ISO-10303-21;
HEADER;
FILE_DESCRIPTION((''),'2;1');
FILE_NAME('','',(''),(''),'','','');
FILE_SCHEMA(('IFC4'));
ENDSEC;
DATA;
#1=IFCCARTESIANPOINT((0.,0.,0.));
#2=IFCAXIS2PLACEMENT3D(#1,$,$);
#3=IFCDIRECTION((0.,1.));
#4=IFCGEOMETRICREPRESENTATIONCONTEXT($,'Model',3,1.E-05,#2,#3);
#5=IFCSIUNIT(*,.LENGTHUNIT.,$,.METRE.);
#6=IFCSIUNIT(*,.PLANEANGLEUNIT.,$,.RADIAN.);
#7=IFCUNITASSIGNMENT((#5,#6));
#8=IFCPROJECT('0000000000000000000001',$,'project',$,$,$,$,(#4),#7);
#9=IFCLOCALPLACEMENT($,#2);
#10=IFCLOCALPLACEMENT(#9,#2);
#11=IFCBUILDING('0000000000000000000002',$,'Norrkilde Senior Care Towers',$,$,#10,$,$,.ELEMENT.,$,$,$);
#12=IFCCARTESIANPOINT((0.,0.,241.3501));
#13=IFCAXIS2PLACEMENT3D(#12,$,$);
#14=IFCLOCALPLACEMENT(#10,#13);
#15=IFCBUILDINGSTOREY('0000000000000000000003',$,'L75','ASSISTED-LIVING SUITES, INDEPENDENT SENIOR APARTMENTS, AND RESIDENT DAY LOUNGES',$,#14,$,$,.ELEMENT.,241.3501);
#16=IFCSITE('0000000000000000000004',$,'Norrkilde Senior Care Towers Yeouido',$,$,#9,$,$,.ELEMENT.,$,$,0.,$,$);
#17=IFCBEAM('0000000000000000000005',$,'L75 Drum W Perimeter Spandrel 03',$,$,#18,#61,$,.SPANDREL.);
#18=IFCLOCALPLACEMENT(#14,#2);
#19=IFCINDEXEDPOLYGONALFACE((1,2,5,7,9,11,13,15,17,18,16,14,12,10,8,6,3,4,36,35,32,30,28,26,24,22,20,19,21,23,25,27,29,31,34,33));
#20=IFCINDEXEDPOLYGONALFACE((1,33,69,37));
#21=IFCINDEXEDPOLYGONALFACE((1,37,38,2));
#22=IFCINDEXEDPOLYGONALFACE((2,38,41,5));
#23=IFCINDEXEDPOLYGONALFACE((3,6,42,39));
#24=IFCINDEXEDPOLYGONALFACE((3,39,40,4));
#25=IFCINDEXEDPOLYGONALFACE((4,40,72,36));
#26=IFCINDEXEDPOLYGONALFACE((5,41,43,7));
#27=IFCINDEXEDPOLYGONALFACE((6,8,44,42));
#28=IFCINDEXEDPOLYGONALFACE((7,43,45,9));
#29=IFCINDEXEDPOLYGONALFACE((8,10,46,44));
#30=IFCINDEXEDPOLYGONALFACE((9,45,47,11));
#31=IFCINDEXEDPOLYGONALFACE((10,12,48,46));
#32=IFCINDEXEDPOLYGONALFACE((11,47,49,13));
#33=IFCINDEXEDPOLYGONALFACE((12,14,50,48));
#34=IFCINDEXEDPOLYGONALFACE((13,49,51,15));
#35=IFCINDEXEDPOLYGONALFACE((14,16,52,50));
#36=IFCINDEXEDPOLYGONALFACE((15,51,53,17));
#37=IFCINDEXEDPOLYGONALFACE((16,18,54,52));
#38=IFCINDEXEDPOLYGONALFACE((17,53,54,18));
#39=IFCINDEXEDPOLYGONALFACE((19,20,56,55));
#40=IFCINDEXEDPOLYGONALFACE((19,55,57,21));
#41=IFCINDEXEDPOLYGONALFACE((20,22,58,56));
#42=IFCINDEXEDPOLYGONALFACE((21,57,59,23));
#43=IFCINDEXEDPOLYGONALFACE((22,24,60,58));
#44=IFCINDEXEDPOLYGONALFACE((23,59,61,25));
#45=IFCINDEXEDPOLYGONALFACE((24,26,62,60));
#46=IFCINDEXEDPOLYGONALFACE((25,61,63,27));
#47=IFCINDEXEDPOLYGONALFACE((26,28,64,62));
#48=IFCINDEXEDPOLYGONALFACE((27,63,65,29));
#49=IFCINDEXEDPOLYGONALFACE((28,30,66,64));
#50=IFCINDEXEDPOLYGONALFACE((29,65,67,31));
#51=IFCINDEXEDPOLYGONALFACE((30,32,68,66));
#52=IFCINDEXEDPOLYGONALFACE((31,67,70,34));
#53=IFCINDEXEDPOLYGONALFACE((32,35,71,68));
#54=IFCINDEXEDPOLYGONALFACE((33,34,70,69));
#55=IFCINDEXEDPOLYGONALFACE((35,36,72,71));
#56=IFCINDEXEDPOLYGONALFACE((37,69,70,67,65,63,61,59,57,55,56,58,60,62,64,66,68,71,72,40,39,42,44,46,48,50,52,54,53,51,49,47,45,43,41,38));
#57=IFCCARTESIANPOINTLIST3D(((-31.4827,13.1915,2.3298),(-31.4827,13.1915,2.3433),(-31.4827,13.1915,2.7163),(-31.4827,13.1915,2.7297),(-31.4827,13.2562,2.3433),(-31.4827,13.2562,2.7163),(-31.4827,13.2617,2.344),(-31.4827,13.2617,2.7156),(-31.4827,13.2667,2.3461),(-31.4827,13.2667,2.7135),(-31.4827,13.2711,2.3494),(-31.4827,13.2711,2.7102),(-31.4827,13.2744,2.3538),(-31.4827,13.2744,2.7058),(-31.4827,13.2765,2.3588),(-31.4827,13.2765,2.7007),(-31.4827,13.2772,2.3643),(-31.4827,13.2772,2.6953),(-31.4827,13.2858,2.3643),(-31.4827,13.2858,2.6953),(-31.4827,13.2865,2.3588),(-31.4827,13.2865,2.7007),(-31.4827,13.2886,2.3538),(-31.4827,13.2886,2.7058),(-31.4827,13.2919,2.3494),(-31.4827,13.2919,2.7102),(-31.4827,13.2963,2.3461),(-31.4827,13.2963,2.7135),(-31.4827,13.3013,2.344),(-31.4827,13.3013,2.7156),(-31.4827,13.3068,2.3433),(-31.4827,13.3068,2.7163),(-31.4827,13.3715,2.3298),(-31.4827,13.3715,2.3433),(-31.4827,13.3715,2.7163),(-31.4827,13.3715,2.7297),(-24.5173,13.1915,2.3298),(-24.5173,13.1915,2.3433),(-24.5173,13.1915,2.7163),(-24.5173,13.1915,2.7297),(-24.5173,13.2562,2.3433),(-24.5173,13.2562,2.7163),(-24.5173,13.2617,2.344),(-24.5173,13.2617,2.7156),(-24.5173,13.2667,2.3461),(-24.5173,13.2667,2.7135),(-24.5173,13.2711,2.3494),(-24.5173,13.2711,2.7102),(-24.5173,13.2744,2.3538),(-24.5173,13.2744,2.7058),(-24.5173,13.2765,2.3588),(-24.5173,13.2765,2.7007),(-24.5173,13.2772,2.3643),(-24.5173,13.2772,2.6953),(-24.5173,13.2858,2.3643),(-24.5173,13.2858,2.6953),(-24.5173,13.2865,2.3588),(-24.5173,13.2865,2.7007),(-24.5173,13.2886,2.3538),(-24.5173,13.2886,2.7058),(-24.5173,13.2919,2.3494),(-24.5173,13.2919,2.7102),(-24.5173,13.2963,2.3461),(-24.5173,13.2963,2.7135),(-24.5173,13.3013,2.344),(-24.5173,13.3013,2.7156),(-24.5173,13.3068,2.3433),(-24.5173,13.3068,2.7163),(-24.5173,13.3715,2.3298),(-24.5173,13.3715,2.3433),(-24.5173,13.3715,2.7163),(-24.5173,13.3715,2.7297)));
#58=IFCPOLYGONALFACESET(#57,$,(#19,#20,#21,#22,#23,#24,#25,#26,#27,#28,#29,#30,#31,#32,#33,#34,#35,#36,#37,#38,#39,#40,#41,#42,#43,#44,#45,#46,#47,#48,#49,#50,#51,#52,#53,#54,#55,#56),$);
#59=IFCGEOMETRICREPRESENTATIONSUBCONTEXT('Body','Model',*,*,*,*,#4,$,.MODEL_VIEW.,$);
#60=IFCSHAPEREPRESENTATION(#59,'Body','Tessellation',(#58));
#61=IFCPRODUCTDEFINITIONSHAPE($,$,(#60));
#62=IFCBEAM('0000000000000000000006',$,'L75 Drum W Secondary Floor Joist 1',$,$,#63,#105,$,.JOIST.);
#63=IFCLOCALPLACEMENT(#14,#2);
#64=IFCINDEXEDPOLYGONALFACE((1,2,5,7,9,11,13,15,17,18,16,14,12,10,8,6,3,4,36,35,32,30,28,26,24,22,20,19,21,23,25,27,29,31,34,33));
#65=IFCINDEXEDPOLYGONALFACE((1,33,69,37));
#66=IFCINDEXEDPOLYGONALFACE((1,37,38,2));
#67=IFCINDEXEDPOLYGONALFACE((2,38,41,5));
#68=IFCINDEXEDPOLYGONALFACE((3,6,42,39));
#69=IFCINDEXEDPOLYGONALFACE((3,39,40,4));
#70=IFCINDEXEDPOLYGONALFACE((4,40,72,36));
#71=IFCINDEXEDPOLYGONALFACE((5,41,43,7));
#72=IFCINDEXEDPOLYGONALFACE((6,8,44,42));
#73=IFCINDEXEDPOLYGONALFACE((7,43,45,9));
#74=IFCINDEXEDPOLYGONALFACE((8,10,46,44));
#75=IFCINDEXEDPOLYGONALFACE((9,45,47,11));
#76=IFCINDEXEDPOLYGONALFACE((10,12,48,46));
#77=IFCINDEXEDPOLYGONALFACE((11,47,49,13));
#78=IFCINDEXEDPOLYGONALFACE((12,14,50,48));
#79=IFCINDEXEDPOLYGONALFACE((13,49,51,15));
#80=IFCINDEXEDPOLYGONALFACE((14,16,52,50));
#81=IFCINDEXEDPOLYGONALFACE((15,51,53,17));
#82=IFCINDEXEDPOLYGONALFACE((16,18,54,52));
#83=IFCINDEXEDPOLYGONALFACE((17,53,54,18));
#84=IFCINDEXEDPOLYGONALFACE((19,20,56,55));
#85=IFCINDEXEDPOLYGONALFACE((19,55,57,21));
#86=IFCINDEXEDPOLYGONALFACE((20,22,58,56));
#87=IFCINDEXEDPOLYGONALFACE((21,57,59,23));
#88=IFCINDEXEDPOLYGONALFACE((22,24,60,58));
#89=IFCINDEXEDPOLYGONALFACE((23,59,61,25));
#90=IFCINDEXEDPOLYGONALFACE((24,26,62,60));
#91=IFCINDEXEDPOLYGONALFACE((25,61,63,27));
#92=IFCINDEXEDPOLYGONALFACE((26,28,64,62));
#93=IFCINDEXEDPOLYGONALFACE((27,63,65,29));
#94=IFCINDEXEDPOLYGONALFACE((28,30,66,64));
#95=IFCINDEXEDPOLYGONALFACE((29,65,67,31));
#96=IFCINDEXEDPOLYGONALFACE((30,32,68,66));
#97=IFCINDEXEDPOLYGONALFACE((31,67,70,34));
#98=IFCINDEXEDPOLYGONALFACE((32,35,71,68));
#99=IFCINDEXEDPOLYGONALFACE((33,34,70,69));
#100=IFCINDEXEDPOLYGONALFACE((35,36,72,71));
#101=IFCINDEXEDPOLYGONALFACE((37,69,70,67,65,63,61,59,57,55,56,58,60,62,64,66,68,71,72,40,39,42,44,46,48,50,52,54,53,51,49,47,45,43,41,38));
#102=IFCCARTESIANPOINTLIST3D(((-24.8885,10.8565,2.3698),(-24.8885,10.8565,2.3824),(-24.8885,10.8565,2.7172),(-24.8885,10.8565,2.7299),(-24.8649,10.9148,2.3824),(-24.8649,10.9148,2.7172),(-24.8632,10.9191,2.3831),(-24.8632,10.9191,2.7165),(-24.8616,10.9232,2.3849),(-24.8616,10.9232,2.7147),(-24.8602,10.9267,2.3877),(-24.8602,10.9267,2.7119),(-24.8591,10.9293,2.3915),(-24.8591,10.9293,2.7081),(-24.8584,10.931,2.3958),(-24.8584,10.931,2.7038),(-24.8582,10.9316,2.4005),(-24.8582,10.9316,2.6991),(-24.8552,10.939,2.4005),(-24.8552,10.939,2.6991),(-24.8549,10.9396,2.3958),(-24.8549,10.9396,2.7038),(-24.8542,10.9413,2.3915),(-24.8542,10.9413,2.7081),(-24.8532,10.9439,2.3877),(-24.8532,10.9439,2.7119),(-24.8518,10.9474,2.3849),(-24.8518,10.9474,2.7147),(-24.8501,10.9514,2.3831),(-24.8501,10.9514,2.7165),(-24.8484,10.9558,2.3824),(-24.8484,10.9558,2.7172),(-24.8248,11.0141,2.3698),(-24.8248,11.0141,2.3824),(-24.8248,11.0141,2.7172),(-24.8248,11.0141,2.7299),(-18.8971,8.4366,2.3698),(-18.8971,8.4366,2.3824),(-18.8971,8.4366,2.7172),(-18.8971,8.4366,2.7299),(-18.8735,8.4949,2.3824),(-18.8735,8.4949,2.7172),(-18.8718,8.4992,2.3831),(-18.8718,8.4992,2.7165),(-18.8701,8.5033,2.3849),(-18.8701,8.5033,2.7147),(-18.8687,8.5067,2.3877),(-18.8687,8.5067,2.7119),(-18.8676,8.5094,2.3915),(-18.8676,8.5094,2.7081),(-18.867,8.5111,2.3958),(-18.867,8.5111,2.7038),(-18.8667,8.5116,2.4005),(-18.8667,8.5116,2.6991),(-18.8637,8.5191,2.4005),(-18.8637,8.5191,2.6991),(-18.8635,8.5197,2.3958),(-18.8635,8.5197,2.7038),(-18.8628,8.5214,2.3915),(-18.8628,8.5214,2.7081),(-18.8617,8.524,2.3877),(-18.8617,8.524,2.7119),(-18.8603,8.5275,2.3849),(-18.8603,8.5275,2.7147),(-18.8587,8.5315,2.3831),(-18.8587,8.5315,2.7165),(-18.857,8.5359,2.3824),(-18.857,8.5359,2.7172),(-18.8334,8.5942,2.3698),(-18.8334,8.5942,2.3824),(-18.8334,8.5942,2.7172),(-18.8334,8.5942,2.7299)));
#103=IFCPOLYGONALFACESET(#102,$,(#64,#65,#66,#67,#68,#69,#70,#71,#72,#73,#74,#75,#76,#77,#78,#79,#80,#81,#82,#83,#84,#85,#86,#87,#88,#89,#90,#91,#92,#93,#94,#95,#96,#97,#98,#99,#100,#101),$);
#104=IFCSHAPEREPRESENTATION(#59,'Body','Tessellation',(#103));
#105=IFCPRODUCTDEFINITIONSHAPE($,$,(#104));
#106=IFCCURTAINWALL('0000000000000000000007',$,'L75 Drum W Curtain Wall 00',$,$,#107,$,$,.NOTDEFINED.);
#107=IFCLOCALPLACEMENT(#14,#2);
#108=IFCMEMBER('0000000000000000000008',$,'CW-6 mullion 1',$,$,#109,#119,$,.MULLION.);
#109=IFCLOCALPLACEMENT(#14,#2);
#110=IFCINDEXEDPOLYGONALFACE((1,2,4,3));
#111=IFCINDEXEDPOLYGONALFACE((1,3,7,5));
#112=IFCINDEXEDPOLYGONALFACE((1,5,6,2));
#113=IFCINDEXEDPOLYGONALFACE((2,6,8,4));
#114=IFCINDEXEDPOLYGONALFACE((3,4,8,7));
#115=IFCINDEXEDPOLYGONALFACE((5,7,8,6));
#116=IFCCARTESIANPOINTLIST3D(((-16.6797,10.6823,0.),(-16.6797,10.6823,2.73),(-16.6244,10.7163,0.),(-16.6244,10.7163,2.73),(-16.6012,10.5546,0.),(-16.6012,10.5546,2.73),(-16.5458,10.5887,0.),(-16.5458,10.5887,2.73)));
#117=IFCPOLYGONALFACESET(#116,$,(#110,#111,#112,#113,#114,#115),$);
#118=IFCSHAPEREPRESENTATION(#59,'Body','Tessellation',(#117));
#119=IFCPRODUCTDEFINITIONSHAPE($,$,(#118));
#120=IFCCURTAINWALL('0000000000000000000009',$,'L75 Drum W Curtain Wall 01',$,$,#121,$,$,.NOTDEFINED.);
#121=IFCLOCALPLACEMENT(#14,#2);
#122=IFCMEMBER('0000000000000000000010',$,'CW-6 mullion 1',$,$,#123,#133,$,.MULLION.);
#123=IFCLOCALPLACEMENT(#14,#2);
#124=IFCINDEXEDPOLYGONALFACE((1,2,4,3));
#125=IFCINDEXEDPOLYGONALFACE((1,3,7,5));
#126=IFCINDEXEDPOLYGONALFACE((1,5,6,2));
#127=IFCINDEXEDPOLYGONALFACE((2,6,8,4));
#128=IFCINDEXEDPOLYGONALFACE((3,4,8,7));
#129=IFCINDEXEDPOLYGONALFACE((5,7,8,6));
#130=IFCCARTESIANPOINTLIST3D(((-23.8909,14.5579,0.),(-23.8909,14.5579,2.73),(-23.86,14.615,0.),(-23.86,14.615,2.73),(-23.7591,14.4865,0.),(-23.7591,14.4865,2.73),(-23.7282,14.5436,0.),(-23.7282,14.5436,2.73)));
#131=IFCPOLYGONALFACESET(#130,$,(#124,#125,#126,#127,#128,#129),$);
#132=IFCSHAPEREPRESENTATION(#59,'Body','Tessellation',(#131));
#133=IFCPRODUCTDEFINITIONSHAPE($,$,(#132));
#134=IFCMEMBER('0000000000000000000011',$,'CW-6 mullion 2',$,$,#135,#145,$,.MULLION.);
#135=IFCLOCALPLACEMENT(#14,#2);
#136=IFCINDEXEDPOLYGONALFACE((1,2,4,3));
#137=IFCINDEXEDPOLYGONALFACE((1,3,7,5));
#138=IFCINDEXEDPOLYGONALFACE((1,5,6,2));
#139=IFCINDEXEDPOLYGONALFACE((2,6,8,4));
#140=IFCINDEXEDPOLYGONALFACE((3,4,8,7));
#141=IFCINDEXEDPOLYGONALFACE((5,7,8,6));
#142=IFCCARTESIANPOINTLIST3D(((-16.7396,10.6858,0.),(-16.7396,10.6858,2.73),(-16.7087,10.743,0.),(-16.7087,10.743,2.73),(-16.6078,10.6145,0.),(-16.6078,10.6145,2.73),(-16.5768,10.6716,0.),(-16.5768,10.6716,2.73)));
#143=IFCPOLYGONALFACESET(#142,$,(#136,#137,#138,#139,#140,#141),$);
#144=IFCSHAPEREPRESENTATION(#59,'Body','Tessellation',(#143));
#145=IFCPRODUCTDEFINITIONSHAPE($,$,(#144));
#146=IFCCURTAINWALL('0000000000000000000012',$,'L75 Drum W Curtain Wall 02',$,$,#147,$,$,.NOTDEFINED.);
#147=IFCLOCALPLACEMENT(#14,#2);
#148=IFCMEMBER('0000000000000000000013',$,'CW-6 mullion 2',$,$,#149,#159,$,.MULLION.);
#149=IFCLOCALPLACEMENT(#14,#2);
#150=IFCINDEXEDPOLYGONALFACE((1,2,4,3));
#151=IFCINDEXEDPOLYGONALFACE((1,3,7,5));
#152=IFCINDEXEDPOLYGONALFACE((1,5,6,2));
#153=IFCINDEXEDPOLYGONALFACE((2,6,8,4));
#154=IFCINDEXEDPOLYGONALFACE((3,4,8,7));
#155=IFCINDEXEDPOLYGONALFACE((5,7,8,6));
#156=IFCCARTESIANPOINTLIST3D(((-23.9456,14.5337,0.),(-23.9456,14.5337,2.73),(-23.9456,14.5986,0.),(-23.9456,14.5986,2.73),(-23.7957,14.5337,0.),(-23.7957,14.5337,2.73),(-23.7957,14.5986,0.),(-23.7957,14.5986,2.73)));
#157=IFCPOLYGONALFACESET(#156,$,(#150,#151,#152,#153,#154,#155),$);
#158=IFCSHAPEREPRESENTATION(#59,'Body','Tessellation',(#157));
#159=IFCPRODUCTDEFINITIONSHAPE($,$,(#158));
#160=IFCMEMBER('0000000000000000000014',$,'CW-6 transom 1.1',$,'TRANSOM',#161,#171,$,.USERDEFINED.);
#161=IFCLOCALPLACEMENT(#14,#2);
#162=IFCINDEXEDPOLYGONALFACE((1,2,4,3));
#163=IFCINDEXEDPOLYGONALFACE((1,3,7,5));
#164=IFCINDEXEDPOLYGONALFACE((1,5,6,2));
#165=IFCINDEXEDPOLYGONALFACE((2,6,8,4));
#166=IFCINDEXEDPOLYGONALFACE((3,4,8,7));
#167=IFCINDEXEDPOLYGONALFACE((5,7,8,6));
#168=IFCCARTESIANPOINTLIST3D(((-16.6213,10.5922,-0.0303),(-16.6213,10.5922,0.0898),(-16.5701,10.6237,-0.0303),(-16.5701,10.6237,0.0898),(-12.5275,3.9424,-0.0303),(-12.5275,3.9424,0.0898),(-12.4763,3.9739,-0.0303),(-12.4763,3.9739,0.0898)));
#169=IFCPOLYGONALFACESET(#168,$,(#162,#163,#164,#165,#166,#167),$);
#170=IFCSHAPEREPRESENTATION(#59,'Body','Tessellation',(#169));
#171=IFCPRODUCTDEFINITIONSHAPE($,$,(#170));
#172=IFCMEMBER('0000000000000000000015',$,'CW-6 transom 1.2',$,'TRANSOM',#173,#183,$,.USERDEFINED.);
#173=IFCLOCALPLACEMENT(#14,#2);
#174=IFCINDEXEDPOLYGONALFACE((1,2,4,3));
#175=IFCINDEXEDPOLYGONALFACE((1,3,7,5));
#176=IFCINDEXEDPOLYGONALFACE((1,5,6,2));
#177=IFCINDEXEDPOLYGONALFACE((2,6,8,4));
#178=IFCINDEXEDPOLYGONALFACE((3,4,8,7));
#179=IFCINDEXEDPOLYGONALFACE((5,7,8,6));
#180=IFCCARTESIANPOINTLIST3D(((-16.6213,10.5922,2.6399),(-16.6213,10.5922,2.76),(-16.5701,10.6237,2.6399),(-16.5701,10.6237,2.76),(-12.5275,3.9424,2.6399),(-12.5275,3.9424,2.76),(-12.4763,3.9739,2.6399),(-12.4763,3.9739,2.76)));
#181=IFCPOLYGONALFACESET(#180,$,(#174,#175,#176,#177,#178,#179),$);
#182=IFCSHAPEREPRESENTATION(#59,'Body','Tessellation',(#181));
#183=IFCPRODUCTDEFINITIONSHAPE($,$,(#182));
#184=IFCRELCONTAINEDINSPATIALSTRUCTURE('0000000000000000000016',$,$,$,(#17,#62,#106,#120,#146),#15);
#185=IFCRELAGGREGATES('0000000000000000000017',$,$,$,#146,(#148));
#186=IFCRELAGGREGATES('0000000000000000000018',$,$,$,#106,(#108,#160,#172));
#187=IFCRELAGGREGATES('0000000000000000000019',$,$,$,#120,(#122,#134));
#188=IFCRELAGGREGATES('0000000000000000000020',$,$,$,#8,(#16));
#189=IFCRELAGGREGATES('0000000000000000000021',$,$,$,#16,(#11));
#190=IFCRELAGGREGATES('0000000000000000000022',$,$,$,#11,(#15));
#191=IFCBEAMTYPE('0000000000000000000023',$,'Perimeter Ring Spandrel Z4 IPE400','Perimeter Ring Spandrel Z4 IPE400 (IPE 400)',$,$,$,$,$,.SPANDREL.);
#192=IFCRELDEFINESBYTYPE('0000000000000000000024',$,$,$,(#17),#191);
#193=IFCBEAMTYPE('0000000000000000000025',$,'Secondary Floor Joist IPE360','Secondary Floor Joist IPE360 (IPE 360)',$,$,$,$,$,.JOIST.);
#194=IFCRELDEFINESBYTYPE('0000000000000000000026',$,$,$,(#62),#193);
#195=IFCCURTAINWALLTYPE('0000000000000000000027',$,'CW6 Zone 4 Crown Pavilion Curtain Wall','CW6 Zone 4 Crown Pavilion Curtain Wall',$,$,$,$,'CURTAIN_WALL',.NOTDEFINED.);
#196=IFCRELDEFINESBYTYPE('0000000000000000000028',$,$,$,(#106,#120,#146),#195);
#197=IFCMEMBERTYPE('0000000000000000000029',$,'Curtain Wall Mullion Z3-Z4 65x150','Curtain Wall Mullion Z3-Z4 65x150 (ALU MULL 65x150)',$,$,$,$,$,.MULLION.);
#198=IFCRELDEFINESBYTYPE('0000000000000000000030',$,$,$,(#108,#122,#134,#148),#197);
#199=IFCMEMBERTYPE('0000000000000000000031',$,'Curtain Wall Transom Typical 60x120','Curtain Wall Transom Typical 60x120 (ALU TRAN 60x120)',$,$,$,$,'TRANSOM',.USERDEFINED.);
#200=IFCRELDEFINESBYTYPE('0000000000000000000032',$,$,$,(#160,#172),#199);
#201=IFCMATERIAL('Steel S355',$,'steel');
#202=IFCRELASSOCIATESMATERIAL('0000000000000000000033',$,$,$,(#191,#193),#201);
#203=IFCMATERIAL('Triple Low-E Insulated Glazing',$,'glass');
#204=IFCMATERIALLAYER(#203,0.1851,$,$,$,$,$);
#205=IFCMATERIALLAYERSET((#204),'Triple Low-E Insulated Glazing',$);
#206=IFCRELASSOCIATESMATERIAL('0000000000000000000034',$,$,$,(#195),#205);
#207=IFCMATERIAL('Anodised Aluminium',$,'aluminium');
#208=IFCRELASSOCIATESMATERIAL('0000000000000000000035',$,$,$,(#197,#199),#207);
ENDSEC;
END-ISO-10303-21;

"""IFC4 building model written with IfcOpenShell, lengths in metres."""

from ifc_helpers import new_model, si_unit, direction, frame, origin, origin_2d, place, context, subcontext, project, spatial, rectangle, i_section, extrude, source, transform, mapped, material, layer, layer_set, material_profile, profile_set, type_object, type_shapes, element, aggregate, save


model = new_model("IFC4")

# Units and contexts
model_context = context("Model", 3, precision=1e-05, world=origin(), true_north=direction((0.0, 1.0)))
body_context = subcontext(model_context, "Body", "Model", "MODEL_VIEW")
ifc_project = project(units=[si_unit("LENGTHUNIT", "METRE"), si_unit("PLANEANGLEUNIT", "RADIAN")], contexts=[model_context])

# Site, building, storey
site_placement = place(None, origin())
site = spatial("IfcSite", under=ifc_project, at=site_placement, Name="Norrkilde Senior Care Towers Yeouido", CompositionType="ELEMENT", RefElevation=0.0)
building_placement = place(site_placement, origin())
building = spatial("IfcBuilding", under=site, at=building_placement, Name="Norrkilde Senior Care Towers", CompositionType="ELEMENT")
storey_placement = place(building_placement, frame((0.0, 0.0, 241.3501)))
storey = spatial("IfcBuildingStorey", under=building, at=storey_placement, Name="L75", Description="ASSISTED-LIVING SUITES, INDEPENDENT SENIOR APARTMENTS, AND RESIDENT DAY LOUNGES", CompositionType="ELEMENT", Elevation=241.3501)

# Beams
ifc_material_1 = material(Name="Steel S355", Category="steel")
ifc_material_profile_1 = material_profile(ifc_material_1, i_section(OverallWidth=0.1799, OverallDepth=0.3999, WebThickness=0.0085, FlangeThickness=0.0134, FilletRadius=0.021, at=origin_2d()), Name="IPE 400")
ifc_profile_set_1 = profile_set([ifc_material_profile_1], Name="Steel S355")
beam_type_1 = type_object("IfcBeamType", Name="Perimeter Ring Spandrel Z4 IPE400", Description="Perimeter Ring Spandrel Z4 IPE400 (IPE 400)", PredefinedType="SPANDREL", material=ifc_profile_set_1)
shared_shape_1 = source(origin(), body_context, "Body", "SweptSolid", [
    extrude(i_section(OverallWidth=0.1799, OverallDepth=0.3999, WebThickness=0.0085, FlangeThickness=0.0134, FilletRadius=0.021, at=origin_2d()), origin(), (0.0, 0.0, 1.0), 6.9653),
])
beam_1_placement = place(storey_placement, frame((-24.5173, 13.2815, 2.5298), z_axis=(-1.0, 0.0, 0.0), x_axis=(0.0, -1.0, 0.0)))
element("IfcBeam", 1, at=beam_1_placement, inside=storey, type_object=beam_type_1, Name="L75 Drum W Perimeter Spandrel 03", PredefinedType="SPANDREL", context=body_context, shape_type="MappedRepresentation", body=[
    mapped(shared_shape_1, transform((0.0, 0.0, 0.0), x_axis=(1.0, 0.0, 0.0), y_axis=(0.0, 1.0, 0.0), z_axis=(0.0, 0.0, 1.0), scale=1.0)),
])
ifc_material_profile_2 = material_profile(ifc_material_1, i_section(OverallWidth=0.1699, OverallDepth=0.3601, WebThickness=0.0081, FlangeThickness=0.0127, FilletRadius=0.0181, at=origin_2d()), Name="IPE 360")
ifc_profile_set_2 = profile_set([ifc_material_profile_2], Name="Steel S355")
beam_type_2 = type_object("IfcBeamType", Name="Secondary Floor Joist IPE360", Description="Secondary Floor Joist IPE360 (IPE 360)", PredefinedType="JOIST", material=ifc_profile_set_2)
shared_shape_2 = source(origin(), body_context, "Body", "SweptSolid", [
    extrude(i_section(OverallWidth=0.1699, OverallDepth=0.3601, WebThickness=0.0081, FlangeThickness=0.0127, FilletRadius=0.0181, at=origin_2d()), origin(), (0.0, 0.0, 1.0), 6.4617),
])
type_shapes(beam_type_2, [shared_shape_2])
beam_2_placement = place(storey_placement, frame((-18.8652, 8.5154, 2.5498), z_axis=(-0.927226, 0.374502, 0.0), x_axis=(-0.374502, -0.927226, 0.0)))
element("IfcBeam", 2, at=beam_2_placement, inside=storey, type_object=beam_type_2, Name="L75 Drum W Secondary Floor Joist 1", PredefinedType="JOIST", context=body_context, shape_type="MappedRepresentation", body=[
    mapped(shared_shape_2, transform((0.0, 0.0, 0.0), x_axis=(1.0, 0.0, 0.0), y_axis=(0.0, 1.0, 0.0), z_axis=(0.0, 0.0, 1.0), scale=1.0)),
])

# Curtain wall, member
ifc_material_2 = material(Name="Triple Low-E Insulated Glazing", Category="glass")
ifc_layer_1 = layer(ifc_material_2, 0.1851)
ifc_layer_set_1 = layer_set([ifc_layer_1], Name="Triple Low-E Insulated Glazing")
curtain_wall_type = type_object("IfcCurtainWallType", Name="CW6 Zone 4 Crown Pavilion Curtain Wall", Description="CW6 Zone 4 Crown Pavilion Curtain Wall", ElementType="CURTAIN_WALL", PredefinedType="NOTDEFINED", material=ifc_layer_set_1)
curtain_wall_1_placement = place(storey_placement, origin())
curtain_wall_1 = element("IfcCurtainWall", 3, at=curtain_wall_1_placement, inside=storey, type_object=curtain_wall_type, Name="L75 Drum W Curtain Wall 00", PredefinedType="NOTDEFINED")
ifc_material_3 = material(Name="Anodised Aluminium", Category="aluminium")
ifc_material_profile_3 = material_profile(ifc_material_3, rectangle(XDim=0.0649, YDim=0.1499, at=origin_2d()), Name="ALU MULL 65x150")
ifc_profile_set_3 = profile_set([ifc_material_profile_3], Name="Anodised Aluminium")
member_type_1 = type_object("IfcMemberType", Name="Curtain Wall Mullion Z3-Z4 65x150", Description="Curtain Wall Mullion Z3-Z4 65x150 (ALU MULL 65x150)", PredefinedType="MULLION", material=ifc_profile_set_3)
shared_shape_3 = source(origin(), body_context, "Body", "SweptSolid", [
    extrude(rectangle(XDim=0.0649, YDim=0.1499, at=origin_2d()), origin(), (0.0, 0.0, 1.0), 2.73),
])
type_shapes(member_type_1, [shared_shape_3])
member_1_placement = place(storey_placement, frame((-16.6128, 10.6355, 0.0), z_axis=(0.0, 0.0, 1.0), x_axis=(0.851563, 0.524253, 0.0)))
member_1 = element("IfcMember", 4, at=member_1_placement, type_object=member_type_1, Name="CW-6 mullion 1", PredefinedType="MULLION", context=body_context, shape_type="MappedRepresentation", body=[
    mapped(shared_shape_3, transform((0.0, 0.0, 0.0), x_axis=(1.0, 0.0, 0.0), y_axis=(0.0, 1.0, 0.0), z_axis=(0.0, 0.0, 1.0), scale=1.0)),
])

# Curtain wall, members
curtain_wall_2_placement = place(storey_placement, origin())
curtain_wall_2 = element("IfcCurtainWall", 5, at=curtain_wall_2_placement, inside=storey, type_object=curtain_wall_type, Name="L75 Drum W Curtain Wall 01", PredefinedType="NOTDEFINED")
member_2_placement = place(storey_placement, frame((-23.8096, 14.5508, 0.0), z_axis=(0.0, 0.0, 1.0), x_axis=(0.476133, 0.879373, 0.0)))
member_2 = element("IfcMember", 6, at=member_2_placement, type_object=member_type_1, Name="CW-6 mullion 1", PredefinedType="MULLION", context=body_context, shape_type="MappedRepresentation", body=[
    mapped(shared_shape_3, transform((0.0, 0.0, 0.0), x_axis=(1.0, 0.0, 0.0), y_axis=(0.0, 1.0, 0.0), z_axis=(0.0, 0.0, 1.0), scale=1.0)),
])
member_3_placement = place(storey_placement, frame((-16.6582, 10.6787, 0.0), z_axis=(0.0, 0.0, 1.0), x_axis=(0.476133, 0.879373, 0.0)))
member_3 = element("IfcMember", 7, at=member_3_placement, type_object=member_type_1, Name="CW-6 mullion 2", PredefinedType="MULLION", context=body_context, shape_type="MappedRepresentation", body=[
    mapped(shared_shape_3, transform((0.0, 0.0, 0.0), x_axis=(1.0, 0.0, 0.0), y_axis=(0.0, 1.0, 0.0), z_axis=(0.0, 0.0, 1.0), scale=1.0)),
])

# Curtain wall, member
curtain_wall_3_placement = place(storey_placement, origin())
curtain_wall_3 = element("IfcCurtainWall", 8, at=curtain_wall_3_placement, inside=storey, type_object=curtain_wall_type, Name="L75 Drum W Curtain Wall 02", PredefinedType="NOTDEFINED")
member_4_placement = place(storey_placement, frame((-23.8706, 14.5662, 0.0), z_axis=(0.0, 0.0, 1.0), x_axis=(0.0, 1.0, 0.0)))
member_4 = element("IfcMember", 9, at=member_4_placement, type_object=member_type_1, Name="CW-6 mullion 2", PredefinedType="MULLION", context=body_context, shape_type="MappedRepresentation", body=[
    mapped(shared_shape_3, transform((0.0, 0.0, 0.0), x_axis=(1.0, 0.0, 0.0), y_axis=(0.0, 1.0, 0.0), z_axis=(0.0, 0.0, 1.0), scale=1.0)),
])
aggregate(curtain_wall_3, [member_4])

# Members
ifc_material_profile_4 = material_profile(ifc_material_3, rectangle(XDim=0.0601, YDim=0.1201, at=origin_2d()), Name="ALU TRAN 60x120")
ifc_profile_set_4 = profile_set([ifc_material_profile_4], Name="Anodised Aluminium")
member_type_2 = type_object("IfcMemberType", Name="Curtain Wall Transom Typical 60x120", Description="Curtain Wall Transom Typical 60x120 (ALU TRAN 60x120)", ElementType="TRANSOM", PredefinedType="USERDEFINED", material=ifc_profile_set_4)
shared_shape_4 = source(origin(), body_context, "Body", "SweptSolid", [
    extrude(rectangle(XDim=0.0601, YDim=0.1201, at=origin_2d()), origin(), (0.0, 0.0, 1.0), 7.8088),
])
member_5_placement = place(storey_placement, frame((-16.5957, 10.6079, 0.0298), z_axis=(0.524251, -0.851564, 0.0), x_axis=(0.851564, 0.524251, 0.0)))
member_5 = element("IfcMember", 10, at=member_5_placement, type_object=member_type_2, Name="CW-6 transom 1.1", ObjectType="TRANSOM", PredefinedType="USERDEFINED", context=body_context, shape_type="MappedRepresentation", body=[
    mapped(shared_shape_4, transform((0.0, 0.0, 0.0), x_axis=(1.0, 0.0, 0.0), y_axis=(0.0, 1.0, 0.0), z_axis=(0.0, 0.0, 1.0), scale=1.0)),
])
member_6_placement = place(storey_placement, frame((-16.5957, 10.6079, 2.7), z_axis=(0.524251, -0.851564, 0.0), x_axis=(0.851564, 0.524251, 0.0)))
member_6 = element("IfcMember", 11, at=member_6_placement, type_object=member_type_2, Name="CW-6 transom 1.2", ObjectType="TRANSOM", PredefinedType="USERDEFINED", context=body_context, shape_type="MappedRepresentation", body=[
    mapped(shared_shape_4, transform((0.0, 0.0, 0.0), x_axis=(1.0, 0.0, 0.0), y_axis=(0.0, 1.0, 0.0), z_axis=(0.0, 0.0, 1.0), scale=1.0)),
])

aggregate(curtain_wall_1, [member_1, member_5, member_6])
aggregate(curtain_wall_2, [member_2, member_3])

save(model, "model.ifc")
